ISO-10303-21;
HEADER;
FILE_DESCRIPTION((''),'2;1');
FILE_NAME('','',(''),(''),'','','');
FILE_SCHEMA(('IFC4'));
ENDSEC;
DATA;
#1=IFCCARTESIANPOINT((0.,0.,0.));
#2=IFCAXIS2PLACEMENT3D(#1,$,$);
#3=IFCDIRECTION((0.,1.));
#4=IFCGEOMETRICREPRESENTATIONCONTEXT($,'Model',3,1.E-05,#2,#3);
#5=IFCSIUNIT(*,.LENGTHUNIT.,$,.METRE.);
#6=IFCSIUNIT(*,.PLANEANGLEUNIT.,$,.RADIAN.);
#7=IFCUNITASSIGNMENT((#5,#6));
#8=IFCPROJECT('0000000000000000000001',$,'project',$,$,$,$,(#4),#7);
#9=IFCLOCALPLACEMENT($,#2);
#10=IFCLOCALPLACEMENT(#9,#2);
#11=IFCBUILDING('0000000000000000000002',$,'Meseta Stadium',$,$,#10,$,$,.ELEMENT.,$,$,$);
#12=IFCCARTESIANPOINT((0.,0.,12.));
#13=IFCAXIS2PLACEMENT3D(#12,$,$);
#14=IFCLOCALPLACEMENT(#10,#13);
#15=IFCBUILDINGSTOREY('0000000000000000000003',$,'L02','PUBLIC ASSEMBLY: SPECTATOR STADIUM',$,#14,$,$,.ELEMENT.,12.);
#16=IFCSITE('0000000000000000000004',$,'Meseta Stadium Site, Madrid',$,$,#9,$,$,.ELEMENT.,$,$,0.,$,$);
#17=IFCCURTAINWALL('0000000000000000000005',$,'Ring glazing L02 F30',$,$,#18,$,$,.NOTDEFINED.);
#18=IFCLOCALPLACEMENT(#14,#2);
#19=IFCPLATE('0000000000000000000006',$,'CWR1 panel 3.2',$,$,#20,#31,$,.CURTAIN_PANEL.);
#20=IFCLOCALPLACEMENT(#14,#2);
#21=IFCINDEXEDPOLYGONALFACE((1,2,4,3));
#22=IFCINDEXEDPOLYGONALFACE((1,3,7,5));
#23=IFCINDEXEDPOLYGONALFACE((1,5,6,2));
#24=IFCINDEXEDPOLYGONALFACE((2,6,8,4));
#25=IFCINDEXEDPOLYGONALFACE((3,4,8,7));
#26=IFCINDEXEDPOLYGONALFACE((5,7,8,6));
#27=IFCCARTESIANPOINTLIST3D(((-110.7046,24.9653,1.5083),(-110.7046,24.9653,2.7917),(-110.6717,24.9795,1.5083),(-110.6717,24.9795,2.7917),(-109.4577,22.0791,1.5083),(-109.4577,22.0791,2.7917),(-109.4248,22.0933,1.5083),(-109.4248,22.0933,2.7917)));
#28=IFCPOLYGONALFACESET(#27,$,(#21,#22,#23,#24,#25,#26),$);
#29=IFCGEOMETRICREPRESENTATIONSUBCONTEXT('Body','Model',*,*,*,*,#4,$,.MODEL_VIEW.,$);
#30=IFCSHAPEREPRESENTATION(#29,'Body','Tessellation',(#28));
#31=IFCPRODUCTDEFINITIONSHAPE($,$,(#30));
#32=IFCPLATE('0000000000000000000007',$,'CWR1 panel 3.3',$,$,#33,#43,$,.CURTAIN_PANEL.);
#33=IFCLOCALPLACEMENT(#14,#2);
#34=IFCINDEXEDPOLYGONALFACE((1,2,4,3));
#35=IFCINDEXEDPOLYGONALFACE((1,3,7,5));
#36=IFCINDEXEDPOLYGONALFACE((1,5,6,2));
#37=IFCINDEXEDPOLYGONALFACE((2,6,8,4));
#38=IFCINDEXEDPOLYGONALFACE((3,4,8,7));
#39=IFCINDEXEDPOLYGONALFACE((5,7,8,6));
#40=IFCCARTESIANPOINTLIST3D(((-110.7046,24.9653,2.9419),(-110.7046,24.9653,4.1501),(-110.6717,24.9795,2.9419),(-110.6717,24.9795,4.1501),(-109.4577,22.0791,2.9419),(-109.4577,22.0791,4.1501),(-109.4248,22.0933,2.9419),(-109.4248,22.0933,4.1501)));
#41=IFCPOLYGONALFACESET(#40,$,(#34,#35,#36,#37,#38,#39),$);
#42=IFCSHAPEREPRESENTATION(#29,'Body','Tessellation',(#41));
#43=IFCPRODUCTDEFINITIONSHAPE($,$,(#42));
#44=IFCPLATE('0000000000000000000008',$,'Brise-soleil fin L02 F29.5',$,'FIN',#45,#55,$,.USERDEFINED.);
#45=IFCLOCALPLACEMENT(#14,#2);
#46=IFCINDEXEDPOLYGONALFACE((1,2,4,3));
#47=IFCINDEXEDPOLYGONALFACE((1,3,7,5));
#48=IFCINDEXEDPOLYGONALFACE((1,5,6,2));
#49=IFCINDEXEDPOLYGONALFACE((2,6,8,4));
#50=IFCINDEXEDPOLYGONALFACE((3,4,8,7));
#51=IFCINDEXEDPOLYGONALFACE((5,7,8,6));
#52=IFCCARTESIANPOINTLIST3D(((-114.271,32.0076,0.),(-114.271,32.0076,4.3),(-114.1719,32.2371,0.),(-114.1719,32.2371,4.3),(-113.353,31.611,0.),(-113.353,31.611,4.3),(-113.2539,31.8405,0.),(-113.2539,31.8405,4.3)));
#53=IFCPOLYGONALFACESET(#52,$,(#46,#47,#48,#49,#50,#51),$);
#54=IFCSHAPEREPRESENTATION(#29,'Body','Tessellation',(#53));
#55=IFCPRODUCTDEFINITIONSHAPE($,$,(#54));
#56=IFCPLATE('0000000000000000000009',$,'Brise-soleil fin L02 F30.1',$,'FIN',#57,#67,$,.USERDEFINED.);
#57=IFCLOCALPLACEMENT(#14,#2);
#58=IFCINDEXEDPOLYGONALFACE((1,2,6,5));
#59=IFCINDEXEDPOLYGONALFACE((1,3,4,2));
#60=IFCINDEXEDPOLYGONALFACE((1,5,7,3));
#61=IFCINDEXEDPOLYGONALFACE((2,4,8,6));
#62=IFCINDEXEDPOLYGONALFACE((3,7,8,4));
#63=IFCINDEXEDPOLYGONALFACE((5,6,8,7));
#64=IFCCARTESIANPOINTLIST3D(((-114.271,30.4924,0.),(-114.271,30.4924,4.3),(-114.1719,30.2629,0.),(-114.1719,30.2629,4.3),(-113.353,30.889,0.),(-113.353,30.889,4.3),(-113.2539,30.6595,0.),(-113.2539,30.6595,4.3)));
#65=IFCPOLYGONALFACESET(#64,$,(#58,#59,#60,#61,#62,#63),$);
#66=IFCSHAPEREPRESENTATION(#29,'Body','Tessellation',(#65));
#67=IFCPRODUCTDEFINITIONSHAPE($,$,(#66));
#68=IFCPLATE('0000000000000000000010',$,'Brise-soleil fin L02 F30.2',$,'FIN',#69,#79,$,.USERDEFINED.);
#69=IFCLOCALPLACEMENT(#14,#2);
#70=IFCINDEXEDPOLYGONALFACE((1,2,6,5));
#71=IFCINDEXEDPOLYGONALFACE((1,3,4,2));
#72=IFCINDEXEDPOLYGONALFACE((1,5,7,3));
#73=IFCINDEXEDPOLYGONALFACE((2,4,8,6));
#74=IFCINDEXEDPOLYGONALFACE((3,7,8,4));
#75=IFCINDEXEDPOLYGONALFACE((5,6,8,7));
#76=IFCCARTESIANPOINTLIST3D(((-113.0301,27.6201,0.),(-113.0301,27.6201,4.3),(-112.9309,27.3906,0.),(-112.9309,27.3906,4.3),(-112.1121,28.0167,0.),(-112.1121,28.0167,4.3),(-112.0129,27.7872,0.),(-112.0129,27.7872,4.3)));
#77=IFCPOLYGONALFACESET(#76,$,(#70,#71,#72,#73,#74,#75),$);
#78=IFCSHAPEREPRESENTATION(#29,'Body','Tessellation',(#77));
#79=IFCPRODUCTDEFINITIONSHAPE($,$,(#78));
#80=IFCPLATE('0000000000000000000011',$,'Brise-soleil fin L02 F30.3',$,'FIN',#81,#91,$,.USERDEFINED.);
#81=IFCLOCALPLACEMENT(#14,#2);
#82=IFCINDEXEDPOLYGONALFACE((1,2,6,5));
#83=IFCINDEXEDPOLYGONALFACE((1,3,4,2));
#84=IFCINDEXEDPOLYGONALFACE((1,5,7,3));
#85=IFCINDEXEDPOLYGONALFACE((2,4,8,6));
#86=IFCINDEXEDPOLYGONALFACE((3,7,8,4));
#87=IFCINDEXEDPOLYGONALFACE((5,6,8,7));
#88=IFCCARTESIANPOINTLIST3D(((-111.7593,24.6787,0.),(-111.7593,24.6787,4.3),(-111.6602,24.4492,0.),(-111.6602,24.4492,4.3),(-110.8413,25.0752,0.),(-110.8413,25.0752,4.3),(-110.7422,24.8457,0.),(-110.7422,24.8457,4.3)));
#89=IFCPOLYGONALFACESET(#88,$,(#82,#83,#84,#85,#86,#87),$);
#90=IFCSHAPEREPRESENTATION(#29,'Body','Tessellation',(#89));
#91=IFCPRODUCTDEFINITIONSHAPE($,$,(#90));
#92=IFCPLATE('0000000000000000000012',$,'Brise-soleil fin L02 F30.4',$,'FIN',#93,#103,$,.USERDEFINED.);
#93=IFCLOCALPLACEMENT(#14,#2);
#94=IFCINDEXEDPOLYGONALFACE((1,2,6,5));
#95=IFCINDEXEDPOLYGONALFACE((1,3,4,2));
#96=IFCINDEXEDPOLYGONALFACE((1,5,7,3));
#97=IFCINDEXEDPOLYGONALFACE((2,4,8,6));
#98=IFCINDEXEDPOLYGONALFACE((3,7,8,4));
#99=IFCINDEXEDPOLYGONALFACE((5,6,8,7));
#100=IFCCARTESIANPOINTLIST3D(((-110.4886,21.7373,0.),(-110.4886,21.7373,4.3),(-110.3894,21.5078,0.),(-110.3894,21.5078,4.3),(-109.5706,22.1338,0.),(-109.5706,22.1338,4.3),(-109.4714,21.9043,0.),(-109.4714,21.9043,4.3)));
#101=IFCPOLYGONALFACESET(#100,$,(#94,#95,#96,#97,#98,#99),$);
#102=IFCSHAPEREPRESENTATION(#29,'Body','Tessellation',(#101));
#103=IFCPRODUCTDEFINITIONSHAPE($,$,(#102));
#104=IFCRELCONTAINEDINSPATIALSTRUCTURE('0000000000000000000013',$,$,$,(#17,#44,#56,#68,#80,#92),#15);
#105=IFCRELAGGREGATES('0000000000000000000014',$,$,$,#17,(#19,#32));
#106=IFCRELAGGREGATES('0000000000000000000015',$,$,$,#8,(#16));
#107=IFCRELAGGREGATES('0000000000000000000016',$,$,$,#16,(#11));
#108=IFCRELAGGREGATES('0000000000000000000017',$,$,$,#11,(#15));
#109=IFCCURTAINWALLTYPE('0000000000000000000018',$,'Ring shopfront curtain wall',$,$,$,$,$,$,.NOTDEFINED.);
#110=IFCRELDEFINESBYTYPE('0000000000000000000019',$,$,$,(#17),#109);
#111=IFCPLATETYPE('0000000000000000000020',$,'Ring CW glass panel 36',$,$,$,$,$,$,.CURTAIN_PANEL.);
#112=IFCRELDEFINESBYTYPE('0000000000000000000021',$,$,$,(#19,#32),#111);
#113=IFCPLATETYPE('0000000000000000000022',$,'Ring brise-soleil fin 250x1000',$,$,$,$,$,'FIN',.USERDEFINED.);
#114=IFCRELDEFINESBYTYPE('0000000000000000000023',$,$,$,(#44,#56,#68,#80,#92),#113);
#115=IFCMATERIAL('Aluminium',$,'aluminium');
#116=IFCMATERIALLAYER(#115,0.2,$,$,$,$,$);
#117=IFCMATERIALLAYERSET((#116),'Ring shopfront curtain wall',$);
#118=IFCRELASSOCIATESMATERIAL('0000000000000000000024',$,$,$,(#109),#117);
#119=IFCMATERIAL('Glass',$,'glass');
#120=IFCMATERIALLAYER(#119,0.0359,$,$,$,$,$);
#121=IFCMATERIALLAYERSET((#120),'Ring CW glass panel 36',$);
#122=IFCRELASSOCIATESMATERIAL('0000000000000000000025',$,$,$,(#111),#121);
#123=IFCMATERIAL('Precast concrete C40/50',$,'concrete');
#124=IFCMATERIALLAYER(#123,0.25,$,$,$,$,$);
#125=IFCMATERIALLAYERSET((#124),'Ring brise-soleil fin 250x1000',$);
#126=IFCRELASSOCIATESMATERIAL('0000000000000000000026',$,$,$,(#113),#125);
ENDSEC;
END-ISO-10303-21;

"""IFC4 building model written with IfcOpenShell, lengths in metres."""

from ifc_helpers import new_model, si_unit, direction, frame, origin, origin_2d, place, context, subcontext, project, spatial, rectangle, extrude, material, layer, layer_set, type_object, element, aggregate, save


model = new_model("IFC4")

# Units and contexts
model_context = context("Model", 3, precision=1e-05, world=origin(), true_north=direction((0.0, 1.0)))
body_context = subcontext(model_context, "Body", "Model", "MODEL_VIEW")
ifc_project = project(units=[si_unit("LENGTHUNIT", "METRE"), si_unit("PLANEANGLEUNIT", "RADIAN")], contexts=[model_context])

# Site, building, storey
site_placement = place(None, origin())
site = spatial("IfcSite", under=ifc_project, at=site_placement, Name="Meseta Stadium Site, Madrid", CompositionType="ELEMENT", RefElevation=0.0)
building_placement = place(site_placement, origin())
building = spatial("IfcBuilding", under=site, at=building_placement, Name="Meseta Stadium", CompositionType="ELEMENT")
storey_placement = place(building_placement, frame((0.0, 0.0, 12.0)))
storey = spatial("IfcBuildingStorey", under=building, at=storey_placement, Name="L02", Description="PUBLIC ASSEMBLY: SPECTATOR STADIUM", CompositionType="ELEMENT", Elevation=12.0)

# Shared definitions
ifc_material_1 = material(Name="Aluminium", Category="aluminium")
ifc_layer_1 = layer(ifc_material_1, 0.2)
ifc_layer_set_1 = layer_set([ifc_layer_1], Name="Ring shopfront curtain wall")
curtain_wall_type = type_object("IfcCurtainWallType", Name="Ring shopfront curtain wall", PredefinedType="NOTDEFINED", material=ifc_layer_set_1)

# Curtain wall, plates
curtain_wall_1_placement = place(storey_placement, origin())
curtain_wall_1 = element("IfcCurtainWall", 1, at=curtain_wall_1_placement, inside=storey, type_object=curtain_wall_type, Name="Ring glazing L02 F30", PredefinedType="NOTDEFINED")
ifc_material_2 = material(Name="Glass", Category="glass")
ifc_layer_2 = layer(ifc_material_2, 0.0359)
ifc_layer_set_2 = layer_set([ifc_layer_2], Name="Ring CW glass panel 36")
plate_type_1 = type_object("IfcPlateType", Name="Ring CW glass panel 36", PredefinedType="CURTAIN_PANEL", material=ifc_layer_set_2)
plate_1_placement = place(storey_placement, frame((-110.0647, 23.5293, 1.5083), z_axis=(0.0, 0.0, 1.0), x_axis=(0.396581, -0.918, 0.0)))
plate_1 = element("IfcPlate", 2, at=plate_1_placement, type_object=plate_type_1, Name="CWR1 panel 3.2", PredefinedType="CURTAIN_PANEL", context=body_context, shape_type="SweptSolid", body=[
    extrude(rectangle(XDim=3.144, YDim=0.0359, at=origin_2d()), origin(), (0.0, 0.0, 1.0), 1.2834),
])
plate_2_placement = place(storey_placement, frame((-110.0647, 23.5293, 2.9419), z_axis=(0.0, 0.0, 1.0), x_axis=(0.396581, -0.918, 0.0)))
plate_2 = element("IfcPlate", 3, at=plate_2_placement, type_object=plate_type_1, Name="CWR1 panel 3.3", PredefinedType="CURTAIN_PANEL", context=body_context, shape_type="SweptSolid", body=[
    extrude(rectangle(XDim=3.144, YDim=0.0359, at=origin_2d()), origin(), (0.0, 0.0, 1.0), 1.2083),
])
aggregate(curtain_wall_1, [plate_1, plate_2])

# Plates
ifc_material_3 = material(Name="Precast concrete C40/50", Category="concrete")
ifc_layer_3 = layer(ifc_material_3, 0.25)
ifc_layer_set_3 = layer_set([ifc_layer_3], Name="Ring brise-soleil fin 250x1000")
plate_type_2 = type_object("IfcPlateType", Name="Ring brise-soleil fin 250x1000", ElementType="FIN", PredefinedType="USERDEFINED", material=ifc_layer_set_3)
for number, where, z_axis, x_axis, name in (
    (4, (-113.7625, 31.9241, 0.0), (0.0, 0.0, 1.0), (-0.396576, -0.918002, 0.0), "Brise-soleil fin L02 F29.5"),
    (5, (-113.7625, 30.5759, 0.0), (0.0, 0.0, 1.0), (0.396576, -0.918002, 0.0), "Brise-soleil fin L02 F30.1"),
    (6, (-112.5215, 27.7036, 0.0), (0.0, 0.0, 1.0), (0.396576, -0.918002, 0.0), "Brise-soleil fin L02 F30.2"),
    (7, (-111.2507, 24.7622, 0.0), (0.0, 0.0, 1.0), (0.396576, -0.918002, 0.0), "Brise-soleil fin L02 F30.3"),
    (8, (-109.98, 21.8208, 0.0), (0.0, 0.0, 1.0), (0.396576, -0.918002, 0.0), "Brise-soleil fin L02 F30.4"),
):
    element("IfcPlate", number, at=place(storey_placement, frame(where, z_axis=z_axis, x_axis=x_axis)), inside=storey, type_object=plate_type_2, Name=name, ObjectType="FIN", PredefinedType="USERDEFINED", context=body_context, shape_type="SweptSolid", body=[
        extrude(rectangle(XDim=0.25, YDim=1.0, at=origin_2d()), origin(), (0.0, 0.0, 1.0), 4.3),
    ])

save(model, "model.ifc")
